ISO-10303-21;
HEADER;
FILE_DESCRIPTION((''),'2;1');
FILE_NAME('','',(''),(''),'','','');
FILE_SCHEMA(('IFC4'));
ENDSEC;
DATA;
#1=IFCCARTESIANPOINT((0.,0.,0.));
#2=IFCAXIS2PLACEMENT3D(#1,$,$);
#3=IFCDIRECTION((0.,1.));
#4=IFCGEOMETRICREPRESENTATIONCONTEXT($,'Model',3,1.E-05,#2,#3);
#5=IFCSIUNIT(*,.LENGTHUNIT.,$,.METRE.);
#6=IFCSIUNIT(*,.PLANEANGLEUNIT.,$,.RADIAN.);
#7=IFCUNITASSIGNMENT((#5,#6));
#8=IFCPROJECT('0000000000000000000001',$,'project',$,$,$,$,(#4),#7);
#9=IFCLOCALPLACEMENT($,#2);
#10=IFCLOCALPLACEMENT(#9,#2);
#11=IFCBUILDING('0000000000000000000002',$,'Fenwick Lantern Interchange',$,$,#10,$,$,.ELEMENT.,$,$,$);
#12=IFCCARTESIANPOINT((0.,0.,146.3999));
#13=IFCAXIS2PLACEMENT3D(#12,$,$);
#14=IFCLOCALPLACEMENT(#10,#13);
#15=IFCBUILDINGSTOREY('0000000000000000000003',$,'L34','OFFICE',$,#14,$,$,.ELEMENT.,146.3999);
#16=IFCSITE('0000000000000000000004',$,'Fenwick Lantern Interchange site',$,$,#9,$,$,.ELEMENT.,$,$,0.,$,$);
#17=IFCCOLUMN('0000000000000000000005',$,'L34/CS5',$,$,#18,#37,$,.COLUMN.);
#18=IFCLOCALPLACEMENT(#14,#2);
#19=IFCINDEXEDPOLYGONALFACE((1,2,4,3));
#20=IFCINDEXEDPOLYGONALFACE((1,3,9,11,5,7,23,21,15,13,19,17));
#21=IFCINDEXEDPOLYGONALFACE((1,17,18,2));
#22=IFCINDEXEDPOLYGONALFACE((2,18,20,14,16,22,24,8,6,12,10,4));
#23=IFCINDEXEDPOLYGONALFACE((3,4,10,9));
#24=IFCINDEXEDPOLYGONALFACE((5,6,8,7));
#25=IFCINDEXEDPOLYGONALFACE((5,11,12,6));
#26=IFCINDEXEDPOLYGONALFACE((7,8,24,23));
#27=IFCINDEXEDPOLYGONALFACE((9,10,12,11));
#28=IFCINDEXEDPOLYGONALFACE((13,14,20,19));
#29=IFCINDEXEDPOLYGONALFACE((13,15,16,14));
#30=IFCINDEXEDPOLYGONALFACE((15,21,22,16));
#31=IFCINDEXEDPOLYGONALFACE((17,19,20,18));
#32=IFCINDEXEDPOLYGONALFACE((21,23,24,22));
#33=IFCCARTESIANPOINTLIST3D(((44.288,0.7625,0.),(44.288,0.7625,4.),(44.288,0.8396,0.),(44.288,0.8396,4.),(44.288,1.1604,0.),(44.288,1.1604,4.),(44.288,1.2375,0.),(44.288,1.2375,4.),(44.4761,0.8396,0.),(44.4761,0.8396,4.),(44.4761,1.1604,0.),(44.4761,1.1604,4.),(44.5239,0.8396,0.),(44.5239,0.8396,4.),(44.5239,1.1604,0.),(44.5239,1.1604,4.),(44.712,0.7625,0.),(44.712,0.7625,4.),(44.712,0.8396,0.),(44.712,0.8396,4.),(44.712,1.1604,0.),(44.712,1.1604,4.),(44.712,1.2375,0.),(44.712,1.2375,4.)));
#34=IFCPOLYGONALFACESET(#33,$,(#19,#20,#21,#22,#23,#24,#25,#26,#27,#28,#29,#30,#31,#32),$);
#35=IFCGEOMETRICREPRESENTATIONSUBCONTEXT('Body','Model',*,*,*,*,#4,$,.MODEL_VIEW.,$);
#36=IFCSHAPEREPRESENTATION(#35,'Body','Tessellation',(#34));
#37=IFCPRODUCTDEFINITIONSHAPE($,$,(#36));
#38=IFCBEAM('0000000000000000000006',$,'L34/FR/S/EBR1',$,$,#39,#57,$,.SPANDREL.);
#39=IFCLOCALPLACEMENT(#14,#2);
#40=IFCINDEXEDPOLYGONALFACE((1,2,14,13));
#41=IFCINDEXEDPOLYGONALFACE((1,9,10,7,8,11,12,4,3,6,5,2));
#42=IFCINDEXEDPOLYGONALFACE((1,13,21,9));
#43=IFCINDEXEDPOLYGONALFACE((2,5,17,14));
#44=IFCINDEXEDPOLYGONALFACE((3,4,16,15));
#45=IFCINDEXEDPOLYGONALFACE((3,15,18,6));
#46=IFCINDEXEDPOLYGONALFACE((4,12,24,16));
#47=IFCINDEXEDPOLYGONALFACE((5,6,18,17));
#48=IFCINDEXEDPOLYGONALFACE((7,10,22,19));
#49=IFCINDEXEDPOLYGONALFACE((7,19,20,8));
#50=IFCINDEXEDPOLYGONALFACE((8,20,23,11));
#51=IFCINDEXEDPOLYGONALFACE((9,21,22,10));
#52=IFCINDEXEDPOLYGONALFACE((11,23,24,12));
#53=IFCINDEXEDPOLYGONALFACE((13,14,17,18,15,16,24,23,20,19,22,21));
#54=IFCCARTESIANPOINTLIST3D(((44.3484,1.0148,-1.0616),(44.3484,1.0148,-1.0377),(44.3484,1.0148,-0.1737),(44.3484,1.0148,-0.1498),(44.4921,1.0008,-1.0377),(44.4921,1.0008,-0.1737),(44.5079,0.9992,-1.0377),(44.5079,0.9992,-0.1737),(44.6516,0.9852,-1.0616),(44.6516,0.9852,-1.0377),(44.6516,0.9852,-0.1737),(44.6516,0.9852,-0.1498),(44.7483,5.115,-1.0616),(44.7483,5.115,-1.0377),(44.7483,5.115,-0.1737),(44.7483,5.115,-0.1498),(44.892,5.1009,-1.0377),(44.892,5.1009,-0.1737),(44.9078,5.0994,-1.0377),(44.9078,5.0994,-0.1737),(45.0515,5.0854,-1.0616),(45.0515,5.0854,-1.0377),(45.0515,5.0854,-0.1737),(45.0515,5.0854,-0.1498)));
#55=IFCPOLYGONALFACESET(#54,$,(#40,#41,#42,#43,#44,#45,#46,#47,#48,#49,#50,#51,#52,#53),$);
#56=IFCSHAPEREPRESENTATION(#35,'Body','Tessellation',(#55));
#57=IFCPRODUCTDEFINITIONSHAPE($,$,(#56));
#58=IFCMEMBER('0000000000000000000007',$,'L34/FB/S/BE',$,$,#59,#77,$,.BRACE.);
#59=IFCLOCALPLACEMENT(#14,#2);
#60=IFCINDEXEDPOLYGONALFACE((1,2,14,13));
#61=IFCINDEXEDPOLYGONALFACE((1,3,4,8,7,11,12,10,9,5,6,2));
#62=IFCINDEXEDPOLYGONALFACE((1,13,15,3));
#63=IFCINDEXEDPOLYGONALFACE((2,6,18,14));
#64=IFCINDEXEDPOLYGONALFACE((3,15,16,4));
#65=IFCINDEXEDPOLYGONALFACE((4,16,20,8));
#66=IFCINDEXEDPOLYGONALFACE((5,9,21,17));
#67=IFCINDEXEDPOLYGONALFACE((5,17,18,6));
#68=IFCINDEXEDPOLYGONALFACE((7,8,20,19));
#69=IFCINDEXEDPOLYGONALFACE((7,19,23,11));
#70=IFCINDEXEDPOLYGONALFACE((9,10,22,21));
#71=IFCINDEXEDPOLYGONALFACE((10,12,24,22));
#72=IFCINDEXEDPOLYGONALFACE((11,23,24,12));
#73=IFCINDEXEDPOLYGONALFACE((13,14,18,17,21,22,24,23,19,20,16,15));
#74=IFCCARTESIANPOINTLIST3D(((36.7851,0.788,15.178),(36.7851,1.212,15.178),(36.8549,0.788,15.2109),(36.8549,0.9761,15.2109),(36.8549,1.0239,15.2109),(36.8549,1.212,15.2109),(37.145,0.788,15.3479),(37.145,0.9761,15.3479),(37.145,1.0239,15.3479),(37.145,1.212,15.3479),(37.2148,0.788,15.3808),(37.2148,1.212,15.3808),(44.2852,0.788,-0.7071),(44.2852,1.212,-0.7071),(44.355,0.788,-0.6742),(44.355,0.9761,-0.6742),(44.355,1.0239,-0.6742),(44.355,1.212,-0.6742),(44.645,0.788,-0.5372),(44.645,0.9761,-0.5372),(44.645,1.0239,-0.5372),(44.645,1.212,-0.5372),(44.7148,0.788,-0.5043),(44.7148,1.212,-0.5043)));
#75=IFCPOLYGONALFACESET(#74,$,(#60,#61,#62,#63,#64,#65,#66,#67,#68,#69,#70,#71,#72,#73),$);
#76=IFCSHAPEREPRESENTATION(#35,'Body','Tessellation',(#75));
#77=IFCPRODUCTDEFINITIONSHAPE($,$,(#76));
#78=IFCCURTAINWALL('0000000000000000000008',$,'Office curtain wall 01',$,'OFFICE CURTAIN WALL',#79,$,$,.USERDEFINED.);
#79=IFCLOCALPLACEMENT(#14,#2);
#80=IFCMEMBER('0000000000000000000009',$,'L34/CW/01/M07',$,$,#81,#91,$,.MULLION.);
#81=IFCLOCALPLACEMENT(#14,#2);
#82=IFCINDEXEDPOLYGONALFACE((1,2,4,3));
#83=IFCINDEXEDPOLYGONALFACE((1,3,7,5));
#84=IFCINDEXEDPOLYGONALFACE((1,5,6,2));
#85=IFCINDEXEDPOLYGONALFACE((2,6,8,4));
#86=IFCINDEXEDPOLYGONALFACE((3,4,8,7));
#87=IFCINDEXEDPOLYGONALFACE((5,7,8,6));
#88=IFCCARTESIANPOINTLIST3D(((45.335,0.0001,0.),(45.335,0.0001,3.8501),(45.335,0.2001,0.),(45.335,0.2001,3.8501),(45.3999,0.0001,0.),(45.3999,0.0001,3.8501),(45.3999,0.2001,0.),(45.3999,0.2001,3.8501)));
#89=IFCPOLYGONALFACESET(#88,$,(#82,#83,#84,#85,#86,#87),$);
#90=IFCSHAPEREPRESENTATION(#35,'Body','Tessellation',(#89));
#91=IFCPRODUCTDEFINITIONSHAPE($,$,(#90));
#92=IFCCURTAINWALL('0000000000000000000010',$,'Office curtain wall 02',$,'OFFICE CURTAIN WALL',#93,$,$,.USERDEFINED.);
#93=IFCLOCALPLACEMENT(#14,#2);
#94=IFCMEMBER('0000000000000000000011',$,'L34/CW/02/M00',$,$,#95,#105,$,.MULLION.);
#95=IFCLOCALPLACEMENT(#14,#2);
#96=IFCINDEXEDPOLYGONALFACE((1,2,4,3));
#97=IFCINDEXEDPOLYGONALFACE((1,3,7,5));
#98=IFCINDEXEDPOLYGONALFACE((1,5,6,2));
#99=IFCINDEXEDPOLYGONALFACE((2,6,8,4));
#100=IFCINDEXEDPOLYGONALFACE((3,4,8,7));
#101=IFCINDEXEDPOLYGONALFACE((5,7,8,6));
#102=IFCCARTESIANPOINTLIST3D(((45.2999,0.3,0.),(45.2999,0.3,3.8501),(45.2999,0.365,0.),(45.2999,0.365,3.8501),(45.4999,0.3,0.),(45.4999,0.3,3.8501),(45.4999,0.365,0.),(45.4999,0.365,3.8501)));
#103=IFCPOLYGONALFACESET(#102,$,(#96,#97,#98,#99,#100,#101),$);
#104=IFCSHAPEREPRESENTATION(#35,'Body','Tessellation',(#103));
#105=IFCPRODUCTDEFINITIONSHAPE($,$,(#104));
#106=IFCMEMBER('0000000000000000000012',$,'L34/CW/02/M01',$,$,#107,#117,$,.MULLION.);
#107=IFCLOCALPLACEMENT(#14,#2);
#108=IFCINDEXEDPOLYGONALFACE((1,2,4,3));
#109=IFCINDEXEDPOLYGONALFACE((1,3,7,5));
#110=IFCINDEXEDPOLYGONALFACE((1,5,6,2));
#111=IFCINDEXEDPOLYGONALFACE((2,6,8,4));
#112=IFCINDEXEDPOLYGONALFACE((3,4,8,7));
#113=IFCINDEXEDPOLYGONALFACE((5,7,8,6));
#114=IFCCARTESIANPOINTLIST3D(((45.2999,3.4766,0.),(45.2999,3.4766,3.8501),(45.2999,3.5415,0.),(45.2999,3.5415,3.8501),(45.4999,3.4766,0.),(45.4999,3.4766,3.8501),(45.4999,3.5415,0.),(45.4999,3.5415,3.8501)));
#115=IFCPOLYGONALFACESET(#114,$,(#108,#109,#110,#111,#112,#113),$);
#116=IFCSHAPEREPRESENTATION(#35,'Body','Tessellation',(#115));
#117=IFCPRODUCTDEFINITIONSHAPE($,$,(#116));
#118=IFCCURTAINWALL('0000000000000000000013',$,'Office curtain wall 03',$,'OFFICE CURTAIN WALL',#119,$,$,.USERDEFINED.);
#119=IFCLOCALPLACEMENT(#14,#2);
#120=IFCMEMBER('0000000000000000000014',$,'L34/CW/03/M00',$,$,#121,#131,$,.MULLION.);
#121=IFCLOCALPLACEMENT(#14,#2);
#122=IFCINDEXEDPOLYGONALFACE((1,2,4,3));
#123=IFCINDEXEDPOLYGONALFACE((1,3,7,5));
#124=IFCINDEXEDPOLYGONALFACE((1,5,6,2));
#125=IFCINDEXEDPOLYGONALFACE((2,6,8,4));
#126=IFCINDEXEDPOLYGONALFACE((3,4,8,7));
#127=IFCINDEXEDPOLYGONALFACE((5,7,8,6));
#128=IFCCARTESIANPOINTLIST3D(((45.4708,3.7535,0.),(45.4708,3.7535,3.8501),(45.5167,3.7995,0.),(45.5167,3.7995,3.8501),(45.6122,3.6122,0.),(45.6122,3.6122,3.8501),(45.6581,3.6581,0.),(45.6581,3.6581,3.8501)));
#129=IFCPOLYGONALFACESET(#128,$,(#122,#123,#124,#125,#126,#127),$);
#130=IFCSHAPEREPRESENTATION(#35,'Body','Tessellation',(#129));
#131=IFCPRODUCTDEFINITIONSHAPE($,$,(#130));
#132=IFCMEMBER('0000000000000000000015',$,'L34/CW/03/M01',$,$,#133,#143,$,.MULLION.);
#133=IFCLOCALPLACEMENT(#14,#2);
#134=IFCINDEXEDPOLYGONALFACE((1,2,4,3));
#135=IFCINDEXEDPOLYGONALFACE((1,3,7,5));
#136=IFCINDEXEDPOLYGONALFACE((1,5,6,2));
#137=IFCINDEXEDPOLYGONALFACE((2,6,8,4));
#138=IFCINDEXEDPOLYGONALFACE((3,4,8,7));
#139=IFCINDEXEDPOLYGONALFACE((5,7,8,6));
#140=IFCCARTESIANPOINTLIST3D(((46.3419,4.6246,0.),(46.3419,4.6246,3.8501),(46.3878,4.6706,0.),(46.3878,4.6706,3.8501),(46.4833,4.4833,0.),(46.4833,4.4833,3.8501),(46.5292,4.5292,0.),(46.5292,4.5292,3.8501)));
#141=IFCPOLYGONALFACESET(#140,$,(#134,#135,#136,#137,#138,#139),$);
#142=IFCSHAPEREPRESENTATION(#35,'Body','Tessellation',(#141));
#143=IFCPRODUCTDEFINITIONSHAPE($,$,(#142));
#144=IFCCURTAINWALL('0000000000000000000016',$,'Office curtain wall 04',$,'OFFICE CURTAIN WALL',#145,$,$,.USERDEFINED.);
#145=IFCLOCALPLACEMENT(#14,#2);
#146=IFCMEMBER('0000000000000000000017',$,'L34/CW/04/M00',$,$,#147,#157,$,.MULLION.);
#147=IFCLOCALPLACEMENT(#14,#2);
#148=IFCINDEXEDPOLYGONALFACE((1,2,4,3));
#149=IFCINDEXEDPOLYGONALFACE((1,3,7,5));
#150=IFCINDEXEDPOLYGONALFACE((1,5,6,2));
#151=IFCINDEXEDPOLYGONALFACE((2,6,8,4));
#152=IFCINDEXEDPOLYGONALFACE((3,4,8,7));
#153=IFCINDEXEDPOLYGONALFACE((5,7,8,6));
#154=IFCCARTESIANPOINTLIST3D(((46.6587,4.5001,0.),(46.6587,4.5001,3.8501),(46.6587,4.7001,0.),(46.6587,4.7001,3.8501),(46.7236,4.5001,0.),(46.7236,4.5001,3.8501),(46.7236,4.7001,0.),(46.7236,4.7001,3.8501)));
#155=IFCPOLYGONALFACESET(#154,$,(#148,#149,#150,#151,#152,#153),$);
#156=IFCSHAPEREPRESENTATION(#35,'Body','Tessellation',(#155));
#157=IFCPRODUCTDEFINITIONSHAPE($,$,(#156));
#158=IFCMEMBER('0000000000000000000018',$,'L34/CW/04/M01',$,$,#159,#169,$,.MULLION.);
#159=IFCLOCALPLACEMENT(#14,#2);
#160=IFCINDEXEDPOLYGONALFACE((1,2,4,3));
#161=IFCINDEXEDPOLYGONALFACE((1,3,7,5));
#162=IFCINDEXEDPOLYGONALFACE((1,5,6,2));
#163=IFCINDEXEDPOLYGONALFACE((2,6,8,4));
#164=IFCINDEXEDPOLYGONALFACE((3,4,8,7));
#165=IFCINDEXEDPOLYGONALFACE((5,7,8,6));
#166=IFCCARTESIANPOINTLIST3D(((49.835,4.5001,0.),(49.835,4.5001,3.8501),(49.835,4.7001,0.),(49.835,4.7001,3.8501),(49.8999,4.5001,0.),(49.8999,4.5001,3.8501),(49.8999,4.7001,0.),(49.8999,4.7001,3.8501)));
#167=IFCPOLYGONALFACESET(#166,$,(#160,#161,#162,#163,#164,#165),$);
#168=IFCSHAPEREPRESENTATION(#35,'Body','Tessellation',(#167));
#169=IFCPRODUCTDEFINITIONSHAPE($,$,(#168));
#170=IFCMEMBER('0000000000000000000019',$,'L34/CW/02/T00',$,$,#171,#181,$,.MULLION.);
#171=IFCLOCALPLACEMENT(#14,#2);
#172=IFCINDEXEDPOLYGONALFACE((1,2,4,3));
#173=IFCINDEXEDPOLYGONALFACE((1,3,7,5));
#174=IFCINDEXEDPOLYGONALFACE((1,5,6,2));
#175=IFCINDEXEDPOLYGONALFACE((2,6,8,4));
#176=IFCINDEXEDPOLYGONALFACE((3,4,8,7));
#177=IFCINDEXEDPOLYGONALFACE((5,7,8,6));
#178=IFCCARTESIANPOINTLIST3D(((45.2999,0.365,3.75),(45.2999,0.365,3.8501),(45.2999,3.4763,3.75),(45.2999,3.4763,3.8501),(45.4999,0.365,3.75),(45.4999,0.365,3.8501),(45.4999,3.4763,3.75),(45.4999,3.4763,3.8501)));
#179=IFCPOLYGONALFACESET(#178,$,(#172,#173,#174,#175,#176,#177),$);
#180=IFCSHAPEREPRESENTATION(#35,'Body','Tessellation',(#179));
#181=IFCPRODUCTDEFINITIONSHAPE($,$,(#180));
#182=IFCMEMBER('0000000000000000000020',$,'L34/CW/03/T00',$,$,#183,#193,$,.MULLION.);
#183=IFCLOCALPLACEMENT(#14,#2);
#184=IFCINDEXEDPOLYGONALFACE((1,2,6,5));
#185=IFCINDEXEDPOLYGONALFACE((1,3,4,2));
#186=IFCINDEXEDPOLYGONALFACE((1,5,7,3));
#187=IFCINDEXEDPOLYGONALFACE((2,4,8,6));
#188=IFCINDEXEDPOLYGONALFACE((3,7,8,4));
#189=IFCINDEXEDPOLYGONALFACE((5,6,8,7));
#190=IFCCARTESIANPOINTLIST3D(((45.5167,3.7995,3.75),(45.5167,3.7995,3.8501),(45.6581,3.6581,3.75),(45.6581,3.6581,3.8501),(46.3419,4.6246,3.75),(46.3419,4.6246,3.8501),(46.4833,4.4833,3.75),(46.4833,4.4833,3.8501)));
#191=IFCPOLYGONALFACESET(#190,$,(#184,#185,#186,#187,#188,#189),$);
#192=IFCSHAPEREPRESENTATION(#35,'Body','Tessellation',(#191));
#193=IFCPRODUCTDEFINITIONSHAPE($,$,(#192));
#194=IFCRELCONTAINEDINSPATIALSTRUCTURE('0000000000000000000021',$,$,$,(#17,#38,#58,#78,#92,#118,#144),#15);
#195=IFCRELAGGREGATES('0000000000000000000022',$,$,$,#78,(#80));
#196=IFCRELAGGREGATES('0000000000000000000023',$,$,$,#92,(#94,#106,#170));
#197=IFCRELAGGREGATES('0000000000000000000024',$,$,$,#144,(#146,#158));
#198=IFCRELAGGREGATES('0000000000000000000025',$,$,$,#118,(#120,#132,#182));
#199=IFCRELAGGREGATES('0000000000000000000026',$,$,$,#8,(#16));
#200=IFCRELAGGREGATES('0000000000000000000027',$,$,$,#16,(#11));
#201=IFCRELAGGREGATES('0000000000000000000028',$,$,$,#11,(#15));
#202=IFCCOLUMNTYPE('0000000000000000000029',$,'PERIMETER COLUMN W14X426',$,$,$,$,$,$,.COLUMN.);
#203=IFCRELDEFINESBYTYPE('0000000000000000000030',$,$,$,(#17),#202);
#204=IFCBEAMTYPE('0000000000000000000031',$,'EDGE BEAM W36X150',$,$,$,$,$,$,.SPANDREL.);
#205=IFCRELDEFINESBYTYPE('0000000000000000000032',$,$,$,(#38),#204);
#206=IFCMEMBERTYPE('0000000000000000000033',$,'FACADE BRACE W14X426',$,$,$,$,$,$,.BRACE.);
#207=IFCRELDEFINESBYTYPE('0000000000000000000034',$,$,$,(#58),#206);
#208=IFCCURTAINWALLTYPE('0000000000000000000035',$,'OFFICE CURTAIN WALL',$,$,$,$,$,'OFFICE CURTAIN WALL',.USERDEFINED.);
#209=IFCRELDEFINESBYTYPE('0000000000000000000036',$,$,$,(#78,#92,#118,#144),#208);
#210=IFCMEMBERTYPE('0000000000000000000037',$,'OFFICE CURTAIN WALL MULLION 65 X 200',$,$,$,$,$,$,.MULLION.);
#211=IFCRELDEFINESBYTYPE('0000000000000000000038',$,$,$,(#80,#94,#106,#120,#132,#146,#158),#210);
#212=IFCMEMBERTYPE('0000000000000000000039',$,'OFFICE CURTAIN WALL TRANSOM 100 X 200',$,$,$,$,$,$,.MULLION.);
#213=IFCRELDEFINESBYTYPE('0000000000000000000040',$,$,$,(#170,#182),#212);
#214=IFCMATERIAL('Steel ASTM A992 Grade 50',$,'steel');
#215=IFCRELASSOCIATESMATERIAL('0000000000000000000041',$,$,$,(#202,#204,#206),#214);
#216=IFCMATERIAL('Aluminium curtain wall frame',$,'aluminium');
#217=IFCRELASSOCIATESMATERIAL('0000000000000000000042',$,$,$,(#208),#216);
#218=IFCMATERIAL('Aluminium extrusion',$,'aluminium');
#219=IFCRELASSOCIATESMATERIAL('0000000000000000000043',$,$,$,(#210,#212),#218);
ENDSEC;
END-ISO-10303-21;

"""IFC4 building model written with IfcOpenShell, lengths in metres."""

from ifc_helpers import new_model, si_unit, direction, frame, origin, origin_2d, place, context, subcontext, project, spatial, rectangle, i_section, extrude, material, material_profile, profile_set, type_object, element, aggregate, save


model = new_model("IFC4")

# Units and contexts
model_context = context("Model", 3, precision=1e-05, world=origin(), true_north=direction((0.0, 1.0)))
body_context = subcontext(model_context, "Body", "Model", "MODEL_VIEW")
ifc_project = project(units=[si_unit("LENGTHUNIT", "METRE"), si_unit("PLANEANGLEUNIT", "RADIAN")], contexts=[model_context])

# Site, building, storey
site_placement = place(None, origin())
site = spatial("IfcSite", under=ifc_project, at=site_placement, Name="Fenwick Lantern Interchange site", CompositionType="ELEMENT", RefElevation=0.0)
building_placement = place(site_placement, origin())
building = spatial("IfcBuilding", under=site, at=building_placement, Name="Fenwick Lantern Interchange", CompositionType="ELEMENT")
storey_placement = place(building_placement, frame((0.0, 0.0, 146.3999)))
storey = spatial("IfcBuildingStorey", under=building, at=storey_placement, Name="L34", Description="OFFICE", CompositionType="ELEMENT", Elevation=146.3999)

# Column
ifc_material_1 = material(Name="Steel ASTM A992 Grade 50", Category="steel")
ifc_material_profile_1 = material_profile(ifc_material_1, i_section(OverallWidth=0.4241, OverallDepth=0.4751, WebThickness=0.0479, FlangeThickness=0.0771, at=origin_2d()), Name="W14X426")
ifc_profile_set_1 = profile_set([ifc_material_profile_1], Name="Steel ASTM A992 Grade 50")
column_type = type_object("IfcColumnType", Name="PERIMETER COLUMN W14X426", PredefinedType="COLUMN", material=ifc_profile_set_1)
column_placement = place(storey_placement, frame((44.5, 1.0, 0.0), z_axis=(0.0, 0.0, 1.0), x_axis=(1.0, 0.0, 0.0)))
element("IfcColumn", 1, at=column_placement, inside=storey, type_object=column_type, Name="L34/CS5", PredefinedType="COLUMN", context=body_context, shape_type="SweptSolid", body=[
    extrude(i_section(OverallWidth=0.4241, OverallDepth=0.4751, WebThickness=0.0479, FlangeThickness=0.0771, at=origin_2d()), origin(), (0.0, 0.0, 1.0), 4.0),
])

# Beam
ifc_material_profile_2 = material_profile(ifc_material_1, i_section(OverallWidth=0.3047, OverallDepth=0.9119, WebThickness=0.0159, FlangeThickness=0.0239, at=origin_2d()), Name="W36X150")
ifc_profile_set_2 = profile_set([ifc_material_profile_2], Name="Steel ASTM A992 Grade 50")
beam_type = type_object("IfcBeamType", Name="EDGE BEAM W36X150", PredefinedType="SPANDREL", material=ifc_profile_set_2)
beam_placement = place(storey_placement, frame((44.5, 1.0, -0.6057), z_axis=(0.097074, 0.995277, 0.0), x_axis=(-0.995277, 0.097074, 0.0)))
element("IfcBeam", 2, at=beam_placement, inside=storey, type_object=beam_type, Name="L34/FR/S/EBR1", PredefinedType="SPANDREL", context=body_context, shape_type="SweptSolid", body=[
    extrude(i_section(OverallWidth=0.3047, OverallDepth=0.9119, WebThickness=0.0159, FlangeThickness=0.0239, at=origin_2d()), origin(), (0.0, 0.0, 1.0), 4.1196),
])

# Member
ifc_material_profile_3 = material_profile(ifc_material_1, i_section(OverallWidth=0.4241, OverallDepth=0.4751, WebThickness=0.0479, FlangeThickness=0.0771, at=origin_2d()), Name="W14X426")
ifc_profile_set_3 = profile_set([ifc_material_profile_3], Name="Steel ASTM A992 Grade 50")
member_type_1 = type_object("IfcMemberType", Name="FACADE BRACE W14X426", PredefinedType="BRACE", material=ifc_profile_set_3)
member_1_placement = place(storey_placement, frame((44.5, 1.0, -0.6057), z_axis=(-0.426948, 0.0, 0.904276), x_axis=(0.0, -1.0, 0.0)))
element("IfcMember", 3, at=member_1_placement, inside=storey, type_object=member_type_1, Name="L34/FB/S/BE", PredefinedType="BRACE", context=body_context, shape_type="SweptSolid", body=[
    extrude(i_section(OverallWidth=0.4241, OverallDepth=0.4751, WebThickness=0.0479, FlangeThickness=0.0771, at=origin_2d()), origin(), (0.0, 0.0, 1.0), 17.5667),
])

# Curtain wall, member
ifc_material_2 = material(Name="Aluminium curtain wall frame", Category="aluminium")
curtain_wall_type = type_object("IfcCurtainWallType", Name="OFFICE CURTAIN WALL", ElementType="OFFICE CURTAIN WALL", PredefinedType="USERDEFINED", material=ifc_material_2)
curtain_wall_1_placement = place(storey_placement, origin())
curtain_wall_1 = element("IfcCurtainWall", 4, at=curtain_wall_1_placement, inside=storey, type_object=curtain_wall_type, Name="Office curtain wall 01", ObjectType="OFFICE CURTAIN WALL", PredefinedType="USERDEFINED")
ifc_material_3 = material(Name="Aluminium extrusion", Category="aluminium")
ifc_material_profile_4 = material_profile(ifc_material_3, rectangle(XDim=0.2, YDim=0.0649, at=origin_2d()), Name="OFFICE CURTAIN WALL MULLION 65 X 200")
ifc_profile_set_4 = profile_set([ifc_material_profile_4], Name="Aluminium extrusion")
member_type_2 = type_object("IfcMemberType", Name="OFFICE CURTAIN WALL MULLION 65 X 200", PredefinedType="MULLION", material=ifc_profile_set_4)
member_2_placement = place(storey_placement, frame((45.3674, 0.1001, 0.0), z_axis=(0.0, 0.0, 1.0), x_axis=(0.0, 1.0, 0.0)))
member_2 = element("IfcMember", 5, at=member_2_placement, type_object=member_type_2, Name="L34/CW/01/M07", PredefinedType="MULLION", context=body_context, shape_type="SweptSolid", body=[
    extrude(rectangle(XDim=0.2, YDim=0.0649, at=origin_2d()), origin(), (0.0, 0.0, 1.0), 3.8501),
])
aggregate(curtain_wall_1, [member_2])

# Curtain walls, members
curtain_wall_2_placement = place(storey_placement, origin())
curtain_wall_2 = element("IfcCurtainWall", 6, at=curtain_wall_2_placement, inside=storey, type_object=curtain_wall_type, Name="Office curtain wall 02", ObjectType="OFFICE CURTAIN WALL", PredefinedType="USERDEFINED")
member_3_placement = place(storey_placement, frame((45.3999, 0.3325, 0.0), z_axis=(0.0, 0.0, 1.0), x_axis=(-1.0, 0.0, 0.0)))
member_3 = element("IfcMember", 7, at=member_3_placement, type_object=member_type_2, Name="L34/CW/02/M00", PredefinedType="MULLION", context=body_context, shape_type="SweptSolid", body=[
    extrude(rectangle(XDim=0.2, YDim=0.0649, at=origin_2d()), origin(), (0.0, 0.0, 1.0), 3.8501),
])
member_4_placement = place(storey_placement, frame((45.3999, 3.509, 0.0), z_axis=(0.0, 0.0, 1.0), x_axis=(-1.0, 0.0, 0.0)))
member_4 = element("IfcMember", 8, at=member_4_placement, type_object=member_type_2, Name="L34/CW/02/M01", PredefinedType="MULLION", context=body_context, shape_type="SweptSolid", body=[
    extrude(rectangle(XDim=0.2, YDim=0.0649, at=origin_2d()), origin(), (0.0, 0.0, 1.0), 3.8501),
])
curtain_wall_3_placement = place(storey_placement, origin())
curtain_wall_3 = element("IfcCurtainWall", 9, at=curtain_wall_3_placement, inside=storey, type_object=curtain_wall_type, Name="Office curtain wall 03", ObjectType="OFFICE CURTAIN WALL", PredefinedType="USERDEFINED")
member_5_placement = place(storey_placement, frame((45.5645, 3.7058, 0.0), z_axis=(0.0, 0.0, 1.0), x_axis=(-0.707107, 0.707107, 0.0)))
member_5 = element("IfcMember", 10, at=member_5_placement, type_object=member_type_2, Name="L34/CW/03/M00", PredefinedType="MULLION", context=body_context, shape_type="SweptSolid", body=[
    extrude(rectangle(XDim=0.2, YDim=0.0649, at=origin_2d()), origin(), (0.0, 0.0, 1.0), 3.8501),
])
member_6_placement = place(storey_placement, frame((46.4355, 4.5769, 0.0), z_axis=(0.0, 0.0, 1.0), x_axis=(-0.707107, 0.707107, 0.0)))
member_6 = element("IfcMember", 11, at=member_6_placement, type_object=member_type_2, Name="L34/CW/03/M01", PredefinedType="MULLION", context=body_context, shape_type="SweptSolid", body=[
    extrude(rectangle(XDim=0.2, YDim=0.0649, at=origin_2d()), origin(), (0.0, 0.0, 1.0), 3.8501),
])
curtain_wall_4_placement = place(storey_placement, origin())
curtain_wall_4 = element("IfcCurtainWall", 12, at=curtain_wall_4_placement, inside=storey, type_object=curtain_wall_type, Name="Office curtain wall 04", ObjectType="OFFICE CURTAIN WALL", PredefinedType="USERDEFINED")
member_7_placement = place(storey_placement, frame((46.6912, 4.6001, 0.0), z_axis=(0.0, 0.0, 1.0), x_axis=(0.0, 1.0, 0.0)))
member_7 = element("IfcMember", 13, at=member_7_placement, type_object=member_type_2, Name="L34/CW/04/M00", PredefinedType="MULLION", context=body_context, shape_type="SweptSolid", body=[
    extrude(rectangle(XDim=0.2, YDim=0.0649, at=origin_2d()), origin(), (0.0, 0.0, 1.0), 3.8501),
])
member_8_placement = place(storey_placement, frame((49.8674, 4.6001, 0.0), z_axis=(0.0, 0.0, 1.0), x_axis=(0.0, 1.0, 0.0)))
member_8 = element("IfcMember", 14, at=member_8_placement, type_object=member_type_2, Name="L34/CW/04/M01", PredefinedType="MULLION", context=body_context, shape_type="SweptSolid", body=[
    extrude(rectangle(XDim=0.2, YDim=0.0649, at=origin_2d()), origin(), (0.0, 0.0, 1.0), 3.8501),
])

# Members
ifc_material_profile_5 = material_profile(ifc_material_3, rectangle(XDim=0.2, YDim=0.1001, at=origin_2d()), Name="OFFICE CURTAIN WALL TRANSOM 100 X 200")
ifc_profile_set_5 = profile_set([ifc_material_profile_5], Name="Aluminium extrusion")
member_type_3 = type_object("IfcMemberType", Name="OFFICE CURTAIN WALL TRANSOM 100 X 200", PredefinedType="MULLION", material=ifc_profile_set_5)
member_9_placement = place(storey_placement, frame((45.3999, 0.365, 3.8), z_axis=(0.0, 1.0, 0.0), x_axis=(-1.0, 0.0, 0.0)))
member_9 = element("IfcMember", 15, at=member_9_placement, type_object=member_type_3, Name="L34/CW/02/T00", PredefinedType="MULLION", context=body_context, shape_type="SweptSolid", body=[
    extrude(rectangle(XDim=0.2, YDim=0.1001, at=origin_2d()), origin(), (0.0, 0.0, 1.0), 3.1113),
])
aggregate(curtain_wall_2, [member_3, member_4, member_9])
member_10_placement = place(storey_placement, frame((45.5874, 3.7288, 3.8), z_axis=(0.707107, 0.707107, 0.0), x_axis=(-0.707107, 0.707107, 0.0)))
member_10 = element("IfcMember", 16, at=member_10_placement, type_object=member_type_3, Name="L34/CW/03/T00", PredefinedType="MULLION", context=body_context, shape_type="SweptSolid", body=[
    extrude(rectangle(XDim=0.2, YDim=0.1001, at=origin_2d()), origin(), (0.0, 0.0, 1.0), 1.167),
])
aggregate(curtain_wall_4, [member_7, member_8])

aggregate(curtain_wall_3, [member_5, member_6, member_10])

save(model, "model.ifc")
